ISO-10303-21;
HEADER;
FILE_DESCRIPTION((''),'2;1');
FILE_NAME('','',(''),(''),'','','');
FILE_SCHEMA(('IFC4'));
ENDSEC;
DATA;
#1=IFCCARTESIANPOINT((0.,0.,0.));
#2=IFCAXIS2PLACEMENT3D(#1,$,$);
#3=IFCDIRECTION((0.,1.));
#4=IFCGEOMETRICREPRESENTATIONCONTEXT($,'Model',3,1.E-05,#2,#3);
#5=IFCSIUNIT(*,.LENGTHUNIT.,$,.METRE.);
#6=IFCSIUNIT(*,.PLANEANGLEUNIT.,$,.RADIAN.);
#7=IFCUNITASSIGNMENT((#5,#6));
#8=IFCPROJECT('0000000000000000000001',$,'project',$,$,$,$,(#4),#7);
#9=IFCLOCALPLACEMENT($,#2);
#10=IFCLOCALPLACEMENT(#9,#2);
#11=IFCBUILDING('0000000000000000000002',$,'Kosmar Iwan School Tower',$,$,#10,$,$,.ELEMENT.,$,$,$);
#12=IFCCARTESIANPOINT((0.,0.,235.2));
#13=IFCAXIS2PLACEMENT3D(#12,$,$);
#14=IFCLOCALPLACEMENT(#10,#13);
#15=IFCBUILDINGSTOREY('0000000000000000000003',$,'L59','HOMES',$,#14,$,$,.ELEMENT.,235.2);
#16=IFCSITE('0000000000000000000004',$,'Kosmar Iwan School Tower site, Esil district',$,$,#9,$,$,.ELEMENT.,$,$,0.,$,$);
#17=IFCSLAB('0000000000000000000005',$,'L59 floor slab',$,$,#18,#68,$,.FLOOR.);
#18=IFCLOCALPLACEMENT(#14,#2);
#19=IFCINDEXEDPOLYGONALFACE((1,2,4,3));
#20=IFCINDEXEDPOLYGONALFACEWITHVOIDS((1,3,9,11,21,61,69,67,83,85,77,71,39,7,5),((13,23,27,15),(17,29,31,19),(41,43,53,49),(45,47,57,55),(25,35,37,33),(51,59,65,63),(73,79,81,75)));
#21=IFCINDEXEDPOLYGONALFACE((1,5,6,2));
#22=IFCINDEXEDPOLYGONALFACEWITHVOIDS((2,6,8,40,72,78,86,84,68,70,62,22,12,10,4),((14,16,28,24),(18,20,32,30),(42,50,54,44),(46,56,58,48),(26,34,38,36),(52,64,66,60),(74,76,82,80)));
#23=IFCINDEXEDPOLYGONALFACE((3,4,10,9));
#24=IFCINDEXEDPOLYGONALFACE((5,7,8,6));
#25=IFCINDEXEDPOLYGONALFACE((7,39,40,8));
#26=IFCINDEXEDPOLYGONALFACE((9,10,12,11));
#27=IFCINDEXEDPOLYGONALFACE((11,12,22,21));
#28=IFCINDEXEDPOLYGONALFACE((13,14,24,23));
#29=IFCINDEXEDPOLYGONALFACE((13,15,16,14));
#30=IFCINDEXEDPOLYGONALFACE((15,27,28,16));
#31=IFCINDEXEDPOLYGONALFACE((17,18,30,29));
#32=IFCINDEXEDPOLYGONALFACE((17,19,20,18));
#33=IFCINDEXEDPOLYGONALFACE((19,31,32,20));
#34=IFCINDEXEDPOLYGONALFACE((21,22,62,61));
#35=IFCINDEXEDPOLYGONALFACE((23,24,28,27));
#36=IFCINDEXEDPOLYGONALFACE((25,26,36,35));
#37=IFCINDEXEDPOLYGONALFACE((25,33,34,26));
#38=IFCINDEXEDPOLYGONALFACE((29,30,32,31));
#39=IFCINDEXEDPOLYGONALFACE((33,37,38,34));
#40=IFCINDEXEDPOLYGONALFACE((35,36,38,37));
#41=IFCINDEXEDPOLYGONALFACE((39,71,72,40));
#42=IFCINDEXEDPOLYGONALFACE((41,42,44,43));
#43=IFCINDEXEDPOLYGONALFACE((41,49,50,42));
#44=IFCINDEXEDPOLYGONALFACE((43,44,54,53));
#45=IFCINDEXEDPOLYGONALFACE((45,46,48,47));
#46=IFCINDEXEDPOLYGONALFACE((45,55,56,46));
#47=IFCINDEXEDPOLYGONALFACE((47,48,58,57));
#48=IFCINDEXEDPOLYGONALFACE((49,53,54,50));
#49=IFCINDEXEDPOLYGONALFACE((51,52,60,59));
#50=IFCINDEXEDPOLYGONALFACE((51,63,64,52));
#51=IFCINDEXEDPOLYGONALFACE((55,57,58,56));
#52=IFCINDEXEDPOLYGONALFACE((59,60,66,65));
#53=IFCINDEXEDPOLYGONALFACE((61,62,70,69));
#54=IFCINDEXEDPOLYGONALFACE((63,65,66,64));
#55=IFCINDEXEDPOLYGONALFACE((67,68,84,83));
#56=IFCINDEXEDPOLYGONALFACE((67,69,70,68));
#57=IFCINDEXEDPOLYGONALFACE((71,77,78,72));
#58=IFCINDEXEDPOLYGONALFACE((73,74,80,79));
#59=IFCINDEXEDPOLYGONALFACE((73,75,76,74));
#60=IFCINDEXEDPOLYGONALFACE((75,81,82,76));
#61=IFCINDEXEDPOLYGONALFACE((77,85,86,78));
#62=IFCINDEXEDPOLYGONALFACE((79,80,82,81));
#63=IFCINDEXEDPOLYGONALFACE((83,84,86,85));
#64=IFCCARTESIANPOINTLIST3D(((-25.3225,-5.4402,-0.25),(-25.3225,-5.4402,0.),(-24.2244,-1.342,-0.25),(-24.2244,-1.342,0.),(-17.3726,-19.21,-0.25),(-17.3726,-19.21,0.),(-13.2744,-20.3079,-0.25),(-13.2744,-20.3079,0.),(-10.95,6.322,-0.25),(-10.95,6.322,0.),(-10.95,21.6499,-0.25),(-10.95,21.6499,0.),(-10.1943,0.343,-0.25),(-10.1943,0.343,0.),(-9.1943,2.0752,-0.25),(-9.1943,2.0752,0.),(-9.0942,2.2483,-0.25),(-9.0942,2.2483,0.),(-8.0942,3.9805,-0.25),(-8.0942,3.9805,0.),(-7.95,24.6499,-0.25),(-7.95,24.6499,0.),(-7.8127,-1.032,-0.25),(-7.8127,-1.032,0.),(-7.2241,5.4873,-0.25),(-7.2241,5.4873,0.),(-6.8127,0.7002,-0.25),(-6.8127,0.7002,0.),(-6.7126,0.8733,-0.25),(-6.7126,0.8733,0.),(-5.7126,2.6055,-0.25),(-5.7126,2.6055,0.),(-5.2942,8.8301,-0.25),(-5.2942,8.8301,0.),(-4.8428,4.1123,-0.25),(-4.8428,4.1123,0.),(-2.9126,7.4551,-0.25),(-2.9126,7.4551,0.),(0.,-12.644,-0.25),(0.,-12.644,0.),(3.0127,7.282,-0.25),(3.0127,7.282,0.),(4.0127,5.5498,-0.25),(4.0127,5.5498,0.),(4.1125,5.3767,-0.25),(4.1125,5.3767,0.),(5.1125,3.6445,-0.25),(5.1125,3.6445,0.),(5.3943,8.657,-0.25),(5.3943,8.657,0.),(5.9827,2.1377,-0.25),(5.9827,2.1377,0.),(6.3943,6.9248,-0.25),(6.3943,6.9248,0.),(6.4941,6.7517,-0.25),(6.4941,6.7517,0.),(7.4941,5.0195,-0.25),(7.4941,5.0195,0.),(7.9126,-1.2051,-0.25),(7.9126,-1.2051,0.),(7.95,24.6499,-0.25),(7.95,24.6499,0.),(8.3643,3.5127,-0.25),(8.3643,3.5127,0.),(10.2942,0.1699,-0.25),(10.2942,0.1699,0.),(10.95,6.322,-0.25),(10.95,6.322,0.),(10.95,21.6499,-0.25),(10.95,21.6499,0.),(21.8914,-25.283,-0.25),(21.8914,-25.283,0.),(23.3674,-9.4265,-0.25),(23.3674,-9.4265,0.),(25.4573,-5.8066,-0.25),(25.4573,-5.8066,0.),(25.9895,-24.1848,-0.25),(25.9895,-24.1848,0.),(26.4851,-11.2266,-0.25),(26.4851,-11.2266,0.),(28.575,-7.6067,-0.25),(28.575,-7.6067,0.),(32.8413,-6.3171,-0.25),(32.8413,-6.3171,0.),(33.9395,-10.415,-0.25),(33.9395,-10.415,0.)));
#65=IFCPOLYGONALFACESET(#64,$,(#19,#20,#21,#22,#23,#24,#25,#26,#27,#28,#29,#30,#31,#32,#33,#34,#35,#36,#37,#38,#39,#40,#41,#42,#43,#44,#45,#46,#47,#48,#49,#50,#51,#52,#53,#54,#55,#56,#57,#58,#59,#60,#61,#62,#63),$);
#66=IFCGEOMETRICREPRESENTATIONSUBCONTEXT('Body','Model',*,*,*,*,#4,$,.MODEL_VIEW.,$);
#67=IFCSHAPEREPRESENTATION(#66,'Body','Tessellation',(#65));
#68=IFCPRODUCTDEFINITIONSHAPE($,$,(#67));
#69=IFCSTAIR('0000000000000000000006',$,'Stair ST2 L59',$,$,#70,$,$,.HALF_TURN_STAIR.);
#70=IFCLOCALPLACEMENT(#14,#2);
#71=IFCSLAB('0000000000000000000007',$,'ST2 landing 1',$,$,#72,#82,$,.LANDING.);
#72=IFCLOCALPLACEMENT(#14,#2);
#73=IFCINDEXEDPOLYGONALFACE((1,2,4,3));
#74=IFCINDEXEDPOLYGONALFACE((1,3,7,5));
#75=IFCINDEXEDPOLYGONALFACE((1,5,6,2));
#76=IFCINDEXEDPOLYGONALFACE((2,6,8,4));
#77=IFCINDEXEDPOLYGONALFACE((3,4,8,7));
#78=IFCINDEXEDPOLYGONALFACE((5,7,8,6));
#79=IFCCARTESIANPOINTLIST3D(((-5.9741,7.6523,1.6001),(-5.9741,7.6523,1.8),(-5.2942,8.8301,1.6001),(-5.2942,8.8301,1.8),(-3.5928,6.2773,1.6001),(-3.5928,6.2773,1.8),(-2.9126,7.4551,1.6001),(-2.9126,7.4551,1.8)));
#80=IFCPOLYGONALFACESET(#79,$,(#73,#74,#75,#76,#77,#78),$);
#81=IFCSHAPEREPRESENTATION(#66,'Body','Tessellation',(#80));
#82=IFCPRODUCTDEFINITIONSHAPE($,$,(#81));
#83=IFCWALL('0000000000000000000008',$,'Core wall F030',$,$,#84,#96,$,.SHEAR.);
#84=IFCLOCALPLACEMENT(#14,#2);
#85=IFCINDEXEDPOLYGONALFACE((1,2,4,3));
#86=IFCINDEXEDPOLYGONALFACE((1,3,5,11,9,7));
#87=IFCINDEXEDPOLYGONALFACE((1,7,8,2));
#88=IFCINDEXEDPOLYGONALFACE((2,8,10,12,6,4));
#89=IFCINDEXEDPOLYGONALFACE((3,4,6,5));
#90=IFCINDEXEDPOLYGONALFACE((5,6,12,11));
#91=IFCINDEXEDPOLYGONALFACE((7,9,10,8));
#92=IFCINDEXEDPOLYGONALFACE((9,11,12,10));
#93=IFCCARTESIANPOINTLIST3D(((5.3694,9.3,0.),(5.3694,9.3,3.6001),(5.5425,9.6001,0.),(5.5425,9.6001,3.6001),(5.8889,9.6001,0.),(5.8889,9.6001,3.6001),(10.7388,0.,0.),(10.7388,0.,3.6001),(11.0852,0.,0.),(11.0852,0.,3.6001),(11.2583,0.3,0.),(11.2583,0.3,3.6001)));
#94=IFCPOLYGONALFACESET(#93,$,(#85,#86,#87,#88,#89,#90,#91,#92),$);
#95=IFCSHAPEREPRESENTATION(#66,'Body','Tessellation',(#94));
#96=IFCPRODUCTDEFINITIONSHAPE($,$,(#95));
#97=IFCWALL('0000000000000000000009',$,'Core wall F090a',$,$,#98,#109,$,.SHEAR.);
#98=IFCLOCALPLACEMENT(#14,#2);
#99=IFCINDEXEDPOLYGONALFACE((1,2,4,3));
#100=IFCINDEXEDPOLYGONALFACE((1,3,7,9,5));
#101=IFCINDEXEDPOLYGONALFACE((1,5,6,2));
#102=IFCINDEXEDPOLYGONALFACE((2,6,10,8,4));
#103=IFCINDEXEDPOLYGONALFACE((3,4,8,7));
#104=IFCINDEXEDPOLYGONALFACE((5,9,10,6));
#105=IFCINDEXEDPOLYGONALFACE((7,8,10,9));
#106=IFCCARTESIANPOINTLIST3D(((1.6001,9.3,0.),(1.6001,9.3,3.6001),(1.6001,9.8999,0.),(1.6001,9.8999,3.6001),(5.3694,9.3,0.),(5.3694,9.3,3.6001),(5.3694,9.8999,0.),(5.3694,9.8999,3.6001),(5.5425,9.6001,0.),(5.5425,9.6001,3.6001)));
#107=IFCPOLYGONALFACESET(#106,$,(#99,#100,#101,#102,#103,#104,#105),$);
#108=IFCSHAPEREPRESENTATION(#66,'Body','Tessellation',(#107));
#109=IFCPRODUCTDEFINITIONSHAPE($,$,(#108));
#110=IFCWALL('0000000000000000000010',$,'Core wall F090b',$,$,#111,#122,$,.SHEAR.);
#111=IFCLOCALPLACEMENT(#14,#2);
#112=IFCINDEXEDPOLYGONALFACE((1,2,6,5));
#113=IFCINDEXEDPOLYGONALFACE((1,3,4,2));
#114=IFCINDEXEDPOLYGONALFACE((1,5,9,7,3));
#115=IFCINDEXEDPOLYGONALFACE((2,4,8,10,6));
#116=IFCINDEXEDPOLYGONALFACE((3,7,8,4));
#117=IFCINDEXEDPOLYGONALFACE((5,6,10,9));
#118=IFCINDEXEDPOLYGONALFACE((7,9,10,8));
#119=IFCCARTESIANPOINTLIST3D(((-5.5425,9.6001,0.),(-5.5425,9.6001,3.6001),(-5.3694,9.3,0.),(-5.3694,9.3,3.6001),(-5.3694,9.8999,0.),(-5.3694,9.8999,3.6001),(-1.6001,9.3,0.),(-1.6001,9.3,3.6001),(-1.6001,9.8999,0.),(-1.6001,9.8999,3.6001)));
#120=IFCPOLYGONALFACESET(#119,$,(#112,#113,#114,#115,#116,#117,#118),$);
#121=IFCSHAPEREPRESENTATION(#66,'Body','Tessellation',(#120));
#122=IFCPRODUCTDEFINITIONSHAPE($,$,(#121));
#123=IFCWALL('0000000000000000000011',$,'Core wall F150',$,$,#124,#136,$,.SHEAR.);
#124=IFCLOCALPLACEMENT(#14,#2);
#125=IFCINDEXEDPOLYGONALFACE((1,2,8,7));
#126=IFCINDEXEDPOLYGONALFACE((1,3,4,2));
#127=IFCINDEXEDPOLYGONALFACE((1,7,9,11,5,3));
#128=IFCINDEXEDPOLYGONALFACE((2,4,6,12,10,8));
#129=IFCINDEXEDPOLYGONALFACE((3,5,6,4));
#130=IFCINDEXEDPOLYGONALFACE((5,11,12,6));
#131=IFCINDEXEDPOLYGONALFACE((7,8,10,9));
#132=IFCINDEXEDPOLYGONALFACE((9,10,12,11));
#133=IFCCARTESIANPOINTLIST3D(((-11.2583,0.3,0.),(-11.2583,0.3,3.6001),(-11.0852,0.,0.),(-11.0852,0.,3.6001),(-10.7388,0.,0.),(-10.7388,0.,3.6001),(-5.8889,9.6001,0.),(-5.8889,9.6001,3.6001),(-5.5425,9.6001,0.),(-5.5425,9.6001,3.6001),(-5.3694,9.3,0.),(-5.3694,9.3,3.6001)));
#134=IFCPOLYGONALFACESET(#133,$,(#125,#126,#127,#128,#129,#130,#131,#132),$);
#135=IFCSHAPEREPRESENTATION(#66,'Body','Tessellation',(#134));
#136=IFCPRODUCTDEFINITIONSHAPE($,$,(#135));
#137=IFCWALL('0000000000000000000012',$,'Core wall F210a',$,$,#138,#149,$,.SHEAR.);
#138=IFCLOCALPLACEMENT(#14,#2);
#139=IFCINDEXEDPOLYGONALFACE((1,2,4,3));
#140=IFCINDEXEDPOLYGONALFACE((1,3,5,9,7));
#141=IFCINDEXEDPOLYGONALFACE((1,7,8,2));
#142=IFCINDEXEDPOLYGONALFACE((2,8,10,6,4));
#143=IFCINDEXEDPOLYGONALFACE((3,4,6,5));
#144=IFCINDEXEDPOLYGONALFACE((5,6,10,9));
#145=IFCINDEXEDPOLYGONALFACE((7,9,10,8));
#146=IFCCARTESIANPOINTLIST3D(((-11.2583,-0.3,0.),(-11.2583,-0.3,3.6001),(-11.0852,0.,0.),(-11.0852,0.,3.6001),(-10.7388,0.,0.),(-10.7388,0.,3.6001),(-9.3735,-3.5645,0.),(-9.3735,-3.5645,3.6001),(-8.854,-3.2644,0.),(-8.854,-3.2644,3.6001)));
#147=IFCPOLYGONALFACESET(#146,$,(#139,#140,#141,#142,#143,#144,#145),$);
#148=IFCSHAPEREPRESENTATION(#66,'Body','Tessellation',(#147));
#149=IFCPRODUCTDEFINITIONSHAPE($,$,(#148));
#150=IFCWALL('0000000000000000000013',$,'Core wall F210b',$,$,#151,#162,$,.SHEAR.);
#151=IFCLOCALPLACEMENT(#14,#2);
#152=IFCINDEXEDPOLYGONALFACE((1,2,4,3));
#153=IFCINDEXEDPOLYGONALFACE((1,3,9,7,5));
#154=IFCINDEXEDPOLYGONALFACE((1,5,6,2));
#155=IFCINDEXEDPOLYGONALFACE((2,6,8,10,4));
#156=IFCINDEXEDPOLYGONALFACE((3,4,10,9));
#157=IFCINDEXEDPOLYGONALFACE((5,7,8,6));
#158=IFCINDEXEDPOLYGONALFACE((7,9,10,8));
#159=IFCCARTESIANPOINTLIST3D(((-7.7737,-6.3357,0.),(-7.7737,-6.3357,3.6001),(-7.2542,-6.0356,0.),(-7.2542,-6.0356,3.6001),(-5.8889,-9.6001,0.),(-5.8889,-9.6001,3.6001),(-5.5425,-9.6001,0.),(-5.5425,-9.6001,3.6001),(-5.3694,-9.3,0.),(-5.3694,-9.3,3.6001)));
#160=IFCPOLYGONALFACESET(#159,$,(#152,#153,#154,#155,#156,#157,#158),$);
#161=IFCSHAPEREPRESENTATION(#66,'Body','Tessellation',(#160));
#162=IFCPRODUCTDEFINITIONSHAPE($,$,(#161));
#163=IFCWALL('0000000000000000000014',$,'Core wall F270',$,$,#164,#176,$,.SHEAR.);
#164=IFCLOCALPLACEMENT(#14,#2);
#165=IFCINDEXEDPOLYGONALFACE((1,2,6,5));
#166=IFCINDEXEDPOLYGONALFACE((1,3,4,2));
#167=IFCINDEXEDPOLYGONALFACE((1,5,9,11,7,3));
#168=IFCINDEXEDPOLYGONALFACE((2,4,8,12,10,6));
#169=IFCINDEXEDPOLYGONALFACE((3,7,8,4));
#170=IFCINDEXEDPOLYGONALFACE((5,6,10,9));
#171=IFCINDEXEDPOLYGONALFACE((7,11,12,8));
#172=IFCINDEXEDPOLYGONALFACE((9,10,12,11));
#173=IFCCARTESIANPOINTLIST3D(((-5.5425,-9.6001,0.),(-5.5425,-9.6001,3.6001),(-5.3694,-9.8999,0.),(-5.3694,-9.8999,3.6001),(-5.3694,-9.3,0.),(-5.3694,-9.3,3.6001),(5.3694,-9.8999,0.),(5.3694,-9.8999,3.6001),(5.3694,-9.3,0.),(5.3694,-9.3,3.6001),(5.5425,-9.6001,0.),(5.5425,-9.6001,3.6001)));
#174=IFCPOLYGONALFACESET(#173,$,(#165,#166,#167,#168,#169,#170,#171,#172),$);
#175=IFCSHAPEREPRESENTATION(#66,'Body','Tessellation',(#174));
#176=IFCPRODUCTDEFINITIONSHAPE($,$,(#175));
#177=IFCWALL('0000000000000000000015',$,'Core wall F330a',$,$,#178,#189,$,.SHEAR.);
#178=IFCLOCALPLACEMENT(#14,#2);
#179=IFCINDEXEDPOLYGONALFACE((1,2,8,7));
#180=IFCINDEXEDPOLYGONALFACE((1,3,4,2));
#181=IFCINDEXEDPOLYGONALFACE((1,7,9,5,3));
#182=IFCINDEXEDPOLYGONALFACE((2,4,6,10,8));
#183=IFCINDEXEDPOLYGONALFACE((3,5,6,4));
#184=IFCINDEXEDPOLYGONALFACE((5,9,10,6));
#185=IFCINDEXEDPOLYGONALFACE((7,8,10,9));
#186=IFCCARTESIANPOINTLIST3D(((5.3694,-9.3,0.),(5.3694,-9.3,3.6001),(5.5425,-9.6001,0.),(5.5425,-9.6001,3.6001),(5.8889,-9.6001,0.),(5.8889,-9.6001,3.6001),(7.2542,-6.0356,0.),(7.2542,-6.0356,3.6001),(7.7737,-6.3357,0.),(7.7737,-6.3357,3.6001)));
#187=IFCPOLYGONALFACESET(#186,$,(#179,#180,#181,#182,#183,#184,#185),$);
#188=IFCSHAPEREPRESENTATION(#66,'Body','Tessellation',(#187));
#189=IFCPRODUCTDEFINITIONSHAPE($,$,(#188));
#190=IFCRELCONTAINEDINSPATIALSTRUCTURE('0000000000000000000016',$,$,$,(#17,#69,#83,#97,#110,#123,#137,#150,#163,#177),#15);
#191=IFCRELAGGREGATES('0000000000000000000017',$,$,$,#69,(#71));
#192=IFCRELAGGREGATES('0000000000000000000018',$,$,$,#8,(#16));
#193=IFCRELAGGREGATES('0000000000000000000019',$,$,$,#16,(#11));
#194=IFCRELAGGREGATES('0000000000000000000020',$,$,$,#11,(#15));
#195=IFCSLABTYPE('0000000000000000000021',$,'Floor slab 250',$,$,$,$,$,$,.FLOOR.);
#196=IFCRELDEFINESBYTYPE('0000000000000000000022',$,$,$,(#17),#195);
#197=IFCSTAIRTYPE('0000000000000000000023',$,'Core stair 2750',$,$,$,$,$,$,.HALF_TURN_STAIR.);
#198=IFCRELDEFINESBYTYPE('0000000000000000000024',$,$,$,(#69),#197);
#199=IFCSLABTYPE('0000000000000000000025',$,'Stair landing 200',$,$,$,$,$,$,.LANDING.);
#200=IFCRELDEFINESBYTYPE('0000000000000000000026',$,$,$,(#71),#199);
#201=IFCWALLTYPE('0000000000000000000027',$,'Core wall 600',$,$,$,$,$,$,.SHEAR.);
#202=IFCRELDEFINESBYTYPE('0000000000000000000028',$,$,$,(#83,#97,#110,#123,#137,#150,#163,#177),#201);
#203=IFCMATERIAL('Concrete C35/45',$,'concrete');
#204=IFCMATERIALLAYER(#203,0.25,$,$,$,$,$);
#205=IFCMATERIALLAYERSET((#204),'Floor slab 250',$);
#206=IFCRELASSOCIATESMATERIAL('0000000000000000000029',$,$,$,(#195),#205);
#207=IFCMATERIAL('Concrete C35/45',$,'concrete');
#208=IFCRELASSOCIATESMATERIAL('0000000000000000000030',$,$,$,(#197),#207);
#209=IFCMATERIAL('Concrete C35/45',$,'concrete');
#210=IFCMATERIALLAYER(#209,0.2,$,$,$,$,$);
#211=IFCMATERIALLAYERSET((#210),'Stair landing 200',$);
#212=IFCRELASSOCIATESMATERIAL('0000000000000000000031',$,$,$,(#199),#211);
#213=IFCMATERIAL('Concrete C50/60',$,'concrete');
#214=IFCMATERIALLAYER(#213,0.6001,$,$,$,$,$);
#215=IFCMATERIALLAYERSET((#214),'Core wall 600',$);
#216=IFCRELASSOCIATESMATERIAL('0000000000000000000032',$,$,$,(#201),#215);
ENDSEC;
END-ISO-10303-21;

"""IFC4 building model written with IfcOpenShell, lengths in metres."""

from ifc_helpers import new_model, si_unit, direction, frame, origin, place, context, subcontext, project, spatial, polyline, outline, extrude, material, layer, layer_set, type_object, element, aggregate, save


model = new_model("IFC4")

# Units and contexts
model_context = context("Model", 3, precision=1e-05, world=origin(), true_north=direction((0.0, 1.0)))
body_context = subcontext(model_context, "Body", "Model", "MODEL_VIEW")
ifc_project = project(units=[si_unit("LENGTHUNIT", "METRE"), si_unit("PLANEANGLEUNIT", "RADIAN")], contexts=[model_context])

# Site, building, storey
site_placement = place(None, origin())
site = spatial("IfcSite", under=ifc_project, at=site_placement, Name="Kosmar Iwan School Tower site, Esil district", CompositionType="ELEMENT", RefElevation=0.0)
building_placement = place(site_placement, origin())
building = spatial("IfcBuilding", under=site, at=building_placement, Name="Kosmar Iwan School Tower", CompositionType="ELEMENT")
storey_placement = place(building_placement, frame((0.0, 0.0, 235.2)))
storey = spatial("IfcBuildingStorey", under=building, at=storey_placement, Name="L59", Description="HOMES", CompositionType="ELEMENT", Elevation=235.2)

# Slab
ifc_material_1 = material(Name="Concrete C35/45", Category="concrete")
ifc_layer_1 = layer(ifc_material_1, 0.25)
ifc_layer_set_1 = layer_set([ifc_layer_1], Name="Floor slab 250")
slab_type_1 = type_object("IfcSlabType", Name="Floor slab 250", PredefinedType="FLOOR", material=ifc_layer_set_1)
slab_1_placement = place(storey_placement, frame((0.0, 0.0, -0.25)))
element("IfcSlab", 1, at=slab_1_placement, inside=storey, type_object=slab_type_1, Name="L59 floor slab", PredefinedType="FLOOR", context=body_context, shape_type="SweptSolid", body=[
    extrude(outline(polyline([(21.8914, -25.283), (25.9895, -24.1848), (33.9395, -10.415), (32.8413, -6.3171), (10.95, 6.322), (10.95, 21.6499), (7.95, 24.6499), (-7.95, 24.6499), (-10.95, 21.6499), (-10.95, 6.322), (-24.2244, -1.342), (-25.3225, -5.4402), (-17.3726, -19.21), (-13.2744, -20.3079), (0.0, -12.644), (21.8914, -25.283)]), holes=[polyline([(7.9126, -1.2051), (10.2942, 0.1699), (8.3643, 3.5127), (5.9827, 2.1377), (7.9126, -1.2051)]), polyline([(-2.9126, 7.4551), (-5.2942, 8.8301), (-7.2241, 5.4873), (-4.8428, 4.1123), (-2.9126, 7.4551)]), polyline([(-5.7126, 2.6055), (-8.0942, 3.9805), (-9.0942, 2.2483), (-6.7126, 0.8733), (-5.7126, 2.6055)]), polyline([(-6.8127, 0.7002), (-9.1943, 2.0752), (-10.1943, 0.343), (-7.8127, -1.032), (-6.8127, 0.7002)]), polyline([(5.1125, 3.6445), (7.4941, 5.0195), (6.4941, 6.7517), (4.1125, 5.3767), (5.1125, 3.6445)]), polyline([(4.0127, 5.5498), (6.3943, 6.9248), (5.3943, 8.657), (3.0127, 7.282), (4.0127, 5.5498)]), polyline([(23.3674, -9.4265), (26.4851, -11.2266), (28.575, -7.6067), (25.4573, -5.8066), (23.3674, -9.4265)])]), origin(), (0.0, 0.0, 1.0), 0.25),
])

# Stair, slab
ifc_material_2 = material(Name="Concrete C35/45", Category="concrete")
stair_type = type_object("IfcStairType", Name="Core stair 2750", PredefinedType="HALF_TURN_STAIR", material=ifc_material_2)
stair_placement = place(storey_placement, origin())
stair = element("IfcStair", 2, at=stair_placement, inside=storey, type_object=stair_type, Name="Stair ST2 L59", PredefinedType="HALF_TURN_STAIR")
ifc_material_3 = material(Name="Concrete C35/45", Category="concrete")
ifc_layer_2 = layer(ifc_material_3, 0.2)
ifc_layer_set_2 = layer_set([ifc_layer_2], Name="Stair landing 200")
slab_type_2 = type_object("IfcSlabType", Name="Stair landing 200", PredefinedType="LANDING", material=ifc_layer_set_2)
slab_2_placement = place(storey_placement, frame((0.0, 0.0, 1.6001)))
slab_2 = element("IfcSlab", 3, at=slab_2_placement, type_object=slab_type_2, Name="ST2 landing 1", PredefinedType="LANDING", context=body_context, shape_type="SweptSolid", body=[
    extrude(outline(polyline([(-2.9126, 7.4551), (-5.2942, 8.8301), (-5.9741, 7.6523), (-3.5928, 6.2773), (-2.9126, 7.4551)])), origin(), (0.0, 0.0, 1.0), 0.2),
])
aggregate(stair, [slab_2])

# Walls
ifc_material_4 = material(Name="Concrete C50/60", Category="concrete")
ifc_layer_3 = layer(ifc_material_4, 0.6001)
ifc_layer_set_3 = layer_set([ifc_layer_3], Name="Core wall 600")
wall_type = type_object("IfcWallType", Name="Core wall 600", PredefinedType="SHEAR", material=ifc_layer_set_3)
wall_1_placement = place(storey_placement, origin())
element("IfcWall", 4, at=wall_1_placement, inside=storey, type_object=wall_type, Name="Core wall F030", PredefinedType="SHEAR", context=body_context, shape_type="SweptSolid", body=[
    extrude(outline(polyline([(10.7388, 0.0), (11.0852, 0.0), (11.2583, 0.3), (5.8889, 9.6001), (5.5425, 9.6001), (5.3694, 9.3), (10.7388, 0.0)])), origin(), (0.0, 0.0, 1.0), 3.6001),
])
wall_2_placement = place(storey_placement, origin())
element("IfcWall", 5, at=wall_2_placement, inside=storey, type_object=wall_type, Name="Core wall F090a", PredefinedType="SHEAR", context=body_context, shape_type="SweptSolid", body=[
    extrude(outline(polyline([(1.6001, 9.3), (5.3694, 9.3), (5.5425, 9.6001), (5.3694, 9.8999), (1.6001, 9.8999), (1.6001, 9.3)])), origin(), (0.0, 0.0, 1.0), 3.6001),
])
wall_3_placement = place(storey_placement, origin())
element("IfcWall", 6, at=wall_3_placement, inside=storey, type_object=wall_type, Name="Core wall F090b", PredefinedType="SHEAR", context=body_context, shape_type="SweptSolid", body=[
    extrude(outline(polyline([(-5.3694, 9.3), (-1.6001, 9.3), (-1.6001, 9.8999), (-5.3694, 9.8999), (-5.5425, 9.6001), (-5.3694, 9.3)])), origin(), (0.0, 0.0, 1.0), 3.6001),
])
wall_4_placement = place(storey_placement, origin())
element("IfcWall", 7, at=wall_4_placement, inside=storey, type_object=wall_type, Name="Core wall F150", PredefinedType="SHEAR", context=body_context, shape_type="SweptSolid", body=[
    extrude(outline(polyline([(-11.0852, 0.0), (-10.7388, 0.0), (-5.3694, 9.3), (-5.5425, 9.6001), (-5.8889, 9.6001), (-11.2583, 0.3), (-11.0852, 0.0)])), origin(), (0.0, 0.0, 1.0), 3.6001),
])
wall_5_placement = place(storey_placement, origin())
element("IfcWall", 8, at=wall_5_placement, inside=storey, type_object=wall_type, Name="Core wall F210a", PredefinedType="SHEAR", context=body_context, shape_type="SweptSolid", body=[
    extrude(outline(polyline([(-9.3735, -3.5645), (-8.854, -3.2644), (-10.7388, 0.0), (-11.0852, 0.0), (-11.2583, -0.3), (-9.3735, -3.5645)])), origin(), (0.0, 0.0, 1.0), 3.6001),
])
wall_6_placement = place(storey_placement, origin())
element("IfcWall", 9, at=wall_6_placement, inside=storey, type_object=wall_type, Name="Core wall F210b", PredefinedType="SHEAR", context=body_context, shape_type="SweptSolid", body=[
    extrude(outline(polyline([(-5.8889, -9.6001), (-5.5425, -9.6001), (-5.3694, -9.3), (-7.2542, -6.0356), (-7.7737, -6.3357), (-5.8889, -9.6001)])), origin(), (0.0, 0.0, 1.0), 3.6001),
])
wall_7_placement = place(storey_placement, origin())
element("IfcWall", 10, at=wall_7_placement, inside=storey, type_object=wall_type, Name="Core wall F270", PredefinedType="SHEAR", context=body_context, shape_type="SweptSolid", body=[
    extrude(outline(polyline([(-5.3694, -9.8999), (5.3694, -9.8999), (5.5425, -9.6001), (5.3694, -9.3), (-5.3694, -9.3), (-5.5425, -9.6001), (-5.3694, -9.8999)])), origin(), (0.0, 0.0, 1.0), 3.6001),
])
wall_8_placement = place(storey_placement, origin())
element("IfcWall", 11, at=wall_8_placement, inside=storey, type_object=wall_type, Name="Core wall F330a", PredefinedType="SHEAR", context=body_context, shape_type="SweptSolid", body=[
    extrude(outline(polyline([(5.5425, -9.6001), (5.8889, -9.6001), (7.7737, -6.3357), (7.2542, -6.0356), (5.3694, -9.3), (5.5425, -9.6001)])), origin(), (0.0, 0.0, 1.0), 3.6001),
])

save(model, "model.ifc")
